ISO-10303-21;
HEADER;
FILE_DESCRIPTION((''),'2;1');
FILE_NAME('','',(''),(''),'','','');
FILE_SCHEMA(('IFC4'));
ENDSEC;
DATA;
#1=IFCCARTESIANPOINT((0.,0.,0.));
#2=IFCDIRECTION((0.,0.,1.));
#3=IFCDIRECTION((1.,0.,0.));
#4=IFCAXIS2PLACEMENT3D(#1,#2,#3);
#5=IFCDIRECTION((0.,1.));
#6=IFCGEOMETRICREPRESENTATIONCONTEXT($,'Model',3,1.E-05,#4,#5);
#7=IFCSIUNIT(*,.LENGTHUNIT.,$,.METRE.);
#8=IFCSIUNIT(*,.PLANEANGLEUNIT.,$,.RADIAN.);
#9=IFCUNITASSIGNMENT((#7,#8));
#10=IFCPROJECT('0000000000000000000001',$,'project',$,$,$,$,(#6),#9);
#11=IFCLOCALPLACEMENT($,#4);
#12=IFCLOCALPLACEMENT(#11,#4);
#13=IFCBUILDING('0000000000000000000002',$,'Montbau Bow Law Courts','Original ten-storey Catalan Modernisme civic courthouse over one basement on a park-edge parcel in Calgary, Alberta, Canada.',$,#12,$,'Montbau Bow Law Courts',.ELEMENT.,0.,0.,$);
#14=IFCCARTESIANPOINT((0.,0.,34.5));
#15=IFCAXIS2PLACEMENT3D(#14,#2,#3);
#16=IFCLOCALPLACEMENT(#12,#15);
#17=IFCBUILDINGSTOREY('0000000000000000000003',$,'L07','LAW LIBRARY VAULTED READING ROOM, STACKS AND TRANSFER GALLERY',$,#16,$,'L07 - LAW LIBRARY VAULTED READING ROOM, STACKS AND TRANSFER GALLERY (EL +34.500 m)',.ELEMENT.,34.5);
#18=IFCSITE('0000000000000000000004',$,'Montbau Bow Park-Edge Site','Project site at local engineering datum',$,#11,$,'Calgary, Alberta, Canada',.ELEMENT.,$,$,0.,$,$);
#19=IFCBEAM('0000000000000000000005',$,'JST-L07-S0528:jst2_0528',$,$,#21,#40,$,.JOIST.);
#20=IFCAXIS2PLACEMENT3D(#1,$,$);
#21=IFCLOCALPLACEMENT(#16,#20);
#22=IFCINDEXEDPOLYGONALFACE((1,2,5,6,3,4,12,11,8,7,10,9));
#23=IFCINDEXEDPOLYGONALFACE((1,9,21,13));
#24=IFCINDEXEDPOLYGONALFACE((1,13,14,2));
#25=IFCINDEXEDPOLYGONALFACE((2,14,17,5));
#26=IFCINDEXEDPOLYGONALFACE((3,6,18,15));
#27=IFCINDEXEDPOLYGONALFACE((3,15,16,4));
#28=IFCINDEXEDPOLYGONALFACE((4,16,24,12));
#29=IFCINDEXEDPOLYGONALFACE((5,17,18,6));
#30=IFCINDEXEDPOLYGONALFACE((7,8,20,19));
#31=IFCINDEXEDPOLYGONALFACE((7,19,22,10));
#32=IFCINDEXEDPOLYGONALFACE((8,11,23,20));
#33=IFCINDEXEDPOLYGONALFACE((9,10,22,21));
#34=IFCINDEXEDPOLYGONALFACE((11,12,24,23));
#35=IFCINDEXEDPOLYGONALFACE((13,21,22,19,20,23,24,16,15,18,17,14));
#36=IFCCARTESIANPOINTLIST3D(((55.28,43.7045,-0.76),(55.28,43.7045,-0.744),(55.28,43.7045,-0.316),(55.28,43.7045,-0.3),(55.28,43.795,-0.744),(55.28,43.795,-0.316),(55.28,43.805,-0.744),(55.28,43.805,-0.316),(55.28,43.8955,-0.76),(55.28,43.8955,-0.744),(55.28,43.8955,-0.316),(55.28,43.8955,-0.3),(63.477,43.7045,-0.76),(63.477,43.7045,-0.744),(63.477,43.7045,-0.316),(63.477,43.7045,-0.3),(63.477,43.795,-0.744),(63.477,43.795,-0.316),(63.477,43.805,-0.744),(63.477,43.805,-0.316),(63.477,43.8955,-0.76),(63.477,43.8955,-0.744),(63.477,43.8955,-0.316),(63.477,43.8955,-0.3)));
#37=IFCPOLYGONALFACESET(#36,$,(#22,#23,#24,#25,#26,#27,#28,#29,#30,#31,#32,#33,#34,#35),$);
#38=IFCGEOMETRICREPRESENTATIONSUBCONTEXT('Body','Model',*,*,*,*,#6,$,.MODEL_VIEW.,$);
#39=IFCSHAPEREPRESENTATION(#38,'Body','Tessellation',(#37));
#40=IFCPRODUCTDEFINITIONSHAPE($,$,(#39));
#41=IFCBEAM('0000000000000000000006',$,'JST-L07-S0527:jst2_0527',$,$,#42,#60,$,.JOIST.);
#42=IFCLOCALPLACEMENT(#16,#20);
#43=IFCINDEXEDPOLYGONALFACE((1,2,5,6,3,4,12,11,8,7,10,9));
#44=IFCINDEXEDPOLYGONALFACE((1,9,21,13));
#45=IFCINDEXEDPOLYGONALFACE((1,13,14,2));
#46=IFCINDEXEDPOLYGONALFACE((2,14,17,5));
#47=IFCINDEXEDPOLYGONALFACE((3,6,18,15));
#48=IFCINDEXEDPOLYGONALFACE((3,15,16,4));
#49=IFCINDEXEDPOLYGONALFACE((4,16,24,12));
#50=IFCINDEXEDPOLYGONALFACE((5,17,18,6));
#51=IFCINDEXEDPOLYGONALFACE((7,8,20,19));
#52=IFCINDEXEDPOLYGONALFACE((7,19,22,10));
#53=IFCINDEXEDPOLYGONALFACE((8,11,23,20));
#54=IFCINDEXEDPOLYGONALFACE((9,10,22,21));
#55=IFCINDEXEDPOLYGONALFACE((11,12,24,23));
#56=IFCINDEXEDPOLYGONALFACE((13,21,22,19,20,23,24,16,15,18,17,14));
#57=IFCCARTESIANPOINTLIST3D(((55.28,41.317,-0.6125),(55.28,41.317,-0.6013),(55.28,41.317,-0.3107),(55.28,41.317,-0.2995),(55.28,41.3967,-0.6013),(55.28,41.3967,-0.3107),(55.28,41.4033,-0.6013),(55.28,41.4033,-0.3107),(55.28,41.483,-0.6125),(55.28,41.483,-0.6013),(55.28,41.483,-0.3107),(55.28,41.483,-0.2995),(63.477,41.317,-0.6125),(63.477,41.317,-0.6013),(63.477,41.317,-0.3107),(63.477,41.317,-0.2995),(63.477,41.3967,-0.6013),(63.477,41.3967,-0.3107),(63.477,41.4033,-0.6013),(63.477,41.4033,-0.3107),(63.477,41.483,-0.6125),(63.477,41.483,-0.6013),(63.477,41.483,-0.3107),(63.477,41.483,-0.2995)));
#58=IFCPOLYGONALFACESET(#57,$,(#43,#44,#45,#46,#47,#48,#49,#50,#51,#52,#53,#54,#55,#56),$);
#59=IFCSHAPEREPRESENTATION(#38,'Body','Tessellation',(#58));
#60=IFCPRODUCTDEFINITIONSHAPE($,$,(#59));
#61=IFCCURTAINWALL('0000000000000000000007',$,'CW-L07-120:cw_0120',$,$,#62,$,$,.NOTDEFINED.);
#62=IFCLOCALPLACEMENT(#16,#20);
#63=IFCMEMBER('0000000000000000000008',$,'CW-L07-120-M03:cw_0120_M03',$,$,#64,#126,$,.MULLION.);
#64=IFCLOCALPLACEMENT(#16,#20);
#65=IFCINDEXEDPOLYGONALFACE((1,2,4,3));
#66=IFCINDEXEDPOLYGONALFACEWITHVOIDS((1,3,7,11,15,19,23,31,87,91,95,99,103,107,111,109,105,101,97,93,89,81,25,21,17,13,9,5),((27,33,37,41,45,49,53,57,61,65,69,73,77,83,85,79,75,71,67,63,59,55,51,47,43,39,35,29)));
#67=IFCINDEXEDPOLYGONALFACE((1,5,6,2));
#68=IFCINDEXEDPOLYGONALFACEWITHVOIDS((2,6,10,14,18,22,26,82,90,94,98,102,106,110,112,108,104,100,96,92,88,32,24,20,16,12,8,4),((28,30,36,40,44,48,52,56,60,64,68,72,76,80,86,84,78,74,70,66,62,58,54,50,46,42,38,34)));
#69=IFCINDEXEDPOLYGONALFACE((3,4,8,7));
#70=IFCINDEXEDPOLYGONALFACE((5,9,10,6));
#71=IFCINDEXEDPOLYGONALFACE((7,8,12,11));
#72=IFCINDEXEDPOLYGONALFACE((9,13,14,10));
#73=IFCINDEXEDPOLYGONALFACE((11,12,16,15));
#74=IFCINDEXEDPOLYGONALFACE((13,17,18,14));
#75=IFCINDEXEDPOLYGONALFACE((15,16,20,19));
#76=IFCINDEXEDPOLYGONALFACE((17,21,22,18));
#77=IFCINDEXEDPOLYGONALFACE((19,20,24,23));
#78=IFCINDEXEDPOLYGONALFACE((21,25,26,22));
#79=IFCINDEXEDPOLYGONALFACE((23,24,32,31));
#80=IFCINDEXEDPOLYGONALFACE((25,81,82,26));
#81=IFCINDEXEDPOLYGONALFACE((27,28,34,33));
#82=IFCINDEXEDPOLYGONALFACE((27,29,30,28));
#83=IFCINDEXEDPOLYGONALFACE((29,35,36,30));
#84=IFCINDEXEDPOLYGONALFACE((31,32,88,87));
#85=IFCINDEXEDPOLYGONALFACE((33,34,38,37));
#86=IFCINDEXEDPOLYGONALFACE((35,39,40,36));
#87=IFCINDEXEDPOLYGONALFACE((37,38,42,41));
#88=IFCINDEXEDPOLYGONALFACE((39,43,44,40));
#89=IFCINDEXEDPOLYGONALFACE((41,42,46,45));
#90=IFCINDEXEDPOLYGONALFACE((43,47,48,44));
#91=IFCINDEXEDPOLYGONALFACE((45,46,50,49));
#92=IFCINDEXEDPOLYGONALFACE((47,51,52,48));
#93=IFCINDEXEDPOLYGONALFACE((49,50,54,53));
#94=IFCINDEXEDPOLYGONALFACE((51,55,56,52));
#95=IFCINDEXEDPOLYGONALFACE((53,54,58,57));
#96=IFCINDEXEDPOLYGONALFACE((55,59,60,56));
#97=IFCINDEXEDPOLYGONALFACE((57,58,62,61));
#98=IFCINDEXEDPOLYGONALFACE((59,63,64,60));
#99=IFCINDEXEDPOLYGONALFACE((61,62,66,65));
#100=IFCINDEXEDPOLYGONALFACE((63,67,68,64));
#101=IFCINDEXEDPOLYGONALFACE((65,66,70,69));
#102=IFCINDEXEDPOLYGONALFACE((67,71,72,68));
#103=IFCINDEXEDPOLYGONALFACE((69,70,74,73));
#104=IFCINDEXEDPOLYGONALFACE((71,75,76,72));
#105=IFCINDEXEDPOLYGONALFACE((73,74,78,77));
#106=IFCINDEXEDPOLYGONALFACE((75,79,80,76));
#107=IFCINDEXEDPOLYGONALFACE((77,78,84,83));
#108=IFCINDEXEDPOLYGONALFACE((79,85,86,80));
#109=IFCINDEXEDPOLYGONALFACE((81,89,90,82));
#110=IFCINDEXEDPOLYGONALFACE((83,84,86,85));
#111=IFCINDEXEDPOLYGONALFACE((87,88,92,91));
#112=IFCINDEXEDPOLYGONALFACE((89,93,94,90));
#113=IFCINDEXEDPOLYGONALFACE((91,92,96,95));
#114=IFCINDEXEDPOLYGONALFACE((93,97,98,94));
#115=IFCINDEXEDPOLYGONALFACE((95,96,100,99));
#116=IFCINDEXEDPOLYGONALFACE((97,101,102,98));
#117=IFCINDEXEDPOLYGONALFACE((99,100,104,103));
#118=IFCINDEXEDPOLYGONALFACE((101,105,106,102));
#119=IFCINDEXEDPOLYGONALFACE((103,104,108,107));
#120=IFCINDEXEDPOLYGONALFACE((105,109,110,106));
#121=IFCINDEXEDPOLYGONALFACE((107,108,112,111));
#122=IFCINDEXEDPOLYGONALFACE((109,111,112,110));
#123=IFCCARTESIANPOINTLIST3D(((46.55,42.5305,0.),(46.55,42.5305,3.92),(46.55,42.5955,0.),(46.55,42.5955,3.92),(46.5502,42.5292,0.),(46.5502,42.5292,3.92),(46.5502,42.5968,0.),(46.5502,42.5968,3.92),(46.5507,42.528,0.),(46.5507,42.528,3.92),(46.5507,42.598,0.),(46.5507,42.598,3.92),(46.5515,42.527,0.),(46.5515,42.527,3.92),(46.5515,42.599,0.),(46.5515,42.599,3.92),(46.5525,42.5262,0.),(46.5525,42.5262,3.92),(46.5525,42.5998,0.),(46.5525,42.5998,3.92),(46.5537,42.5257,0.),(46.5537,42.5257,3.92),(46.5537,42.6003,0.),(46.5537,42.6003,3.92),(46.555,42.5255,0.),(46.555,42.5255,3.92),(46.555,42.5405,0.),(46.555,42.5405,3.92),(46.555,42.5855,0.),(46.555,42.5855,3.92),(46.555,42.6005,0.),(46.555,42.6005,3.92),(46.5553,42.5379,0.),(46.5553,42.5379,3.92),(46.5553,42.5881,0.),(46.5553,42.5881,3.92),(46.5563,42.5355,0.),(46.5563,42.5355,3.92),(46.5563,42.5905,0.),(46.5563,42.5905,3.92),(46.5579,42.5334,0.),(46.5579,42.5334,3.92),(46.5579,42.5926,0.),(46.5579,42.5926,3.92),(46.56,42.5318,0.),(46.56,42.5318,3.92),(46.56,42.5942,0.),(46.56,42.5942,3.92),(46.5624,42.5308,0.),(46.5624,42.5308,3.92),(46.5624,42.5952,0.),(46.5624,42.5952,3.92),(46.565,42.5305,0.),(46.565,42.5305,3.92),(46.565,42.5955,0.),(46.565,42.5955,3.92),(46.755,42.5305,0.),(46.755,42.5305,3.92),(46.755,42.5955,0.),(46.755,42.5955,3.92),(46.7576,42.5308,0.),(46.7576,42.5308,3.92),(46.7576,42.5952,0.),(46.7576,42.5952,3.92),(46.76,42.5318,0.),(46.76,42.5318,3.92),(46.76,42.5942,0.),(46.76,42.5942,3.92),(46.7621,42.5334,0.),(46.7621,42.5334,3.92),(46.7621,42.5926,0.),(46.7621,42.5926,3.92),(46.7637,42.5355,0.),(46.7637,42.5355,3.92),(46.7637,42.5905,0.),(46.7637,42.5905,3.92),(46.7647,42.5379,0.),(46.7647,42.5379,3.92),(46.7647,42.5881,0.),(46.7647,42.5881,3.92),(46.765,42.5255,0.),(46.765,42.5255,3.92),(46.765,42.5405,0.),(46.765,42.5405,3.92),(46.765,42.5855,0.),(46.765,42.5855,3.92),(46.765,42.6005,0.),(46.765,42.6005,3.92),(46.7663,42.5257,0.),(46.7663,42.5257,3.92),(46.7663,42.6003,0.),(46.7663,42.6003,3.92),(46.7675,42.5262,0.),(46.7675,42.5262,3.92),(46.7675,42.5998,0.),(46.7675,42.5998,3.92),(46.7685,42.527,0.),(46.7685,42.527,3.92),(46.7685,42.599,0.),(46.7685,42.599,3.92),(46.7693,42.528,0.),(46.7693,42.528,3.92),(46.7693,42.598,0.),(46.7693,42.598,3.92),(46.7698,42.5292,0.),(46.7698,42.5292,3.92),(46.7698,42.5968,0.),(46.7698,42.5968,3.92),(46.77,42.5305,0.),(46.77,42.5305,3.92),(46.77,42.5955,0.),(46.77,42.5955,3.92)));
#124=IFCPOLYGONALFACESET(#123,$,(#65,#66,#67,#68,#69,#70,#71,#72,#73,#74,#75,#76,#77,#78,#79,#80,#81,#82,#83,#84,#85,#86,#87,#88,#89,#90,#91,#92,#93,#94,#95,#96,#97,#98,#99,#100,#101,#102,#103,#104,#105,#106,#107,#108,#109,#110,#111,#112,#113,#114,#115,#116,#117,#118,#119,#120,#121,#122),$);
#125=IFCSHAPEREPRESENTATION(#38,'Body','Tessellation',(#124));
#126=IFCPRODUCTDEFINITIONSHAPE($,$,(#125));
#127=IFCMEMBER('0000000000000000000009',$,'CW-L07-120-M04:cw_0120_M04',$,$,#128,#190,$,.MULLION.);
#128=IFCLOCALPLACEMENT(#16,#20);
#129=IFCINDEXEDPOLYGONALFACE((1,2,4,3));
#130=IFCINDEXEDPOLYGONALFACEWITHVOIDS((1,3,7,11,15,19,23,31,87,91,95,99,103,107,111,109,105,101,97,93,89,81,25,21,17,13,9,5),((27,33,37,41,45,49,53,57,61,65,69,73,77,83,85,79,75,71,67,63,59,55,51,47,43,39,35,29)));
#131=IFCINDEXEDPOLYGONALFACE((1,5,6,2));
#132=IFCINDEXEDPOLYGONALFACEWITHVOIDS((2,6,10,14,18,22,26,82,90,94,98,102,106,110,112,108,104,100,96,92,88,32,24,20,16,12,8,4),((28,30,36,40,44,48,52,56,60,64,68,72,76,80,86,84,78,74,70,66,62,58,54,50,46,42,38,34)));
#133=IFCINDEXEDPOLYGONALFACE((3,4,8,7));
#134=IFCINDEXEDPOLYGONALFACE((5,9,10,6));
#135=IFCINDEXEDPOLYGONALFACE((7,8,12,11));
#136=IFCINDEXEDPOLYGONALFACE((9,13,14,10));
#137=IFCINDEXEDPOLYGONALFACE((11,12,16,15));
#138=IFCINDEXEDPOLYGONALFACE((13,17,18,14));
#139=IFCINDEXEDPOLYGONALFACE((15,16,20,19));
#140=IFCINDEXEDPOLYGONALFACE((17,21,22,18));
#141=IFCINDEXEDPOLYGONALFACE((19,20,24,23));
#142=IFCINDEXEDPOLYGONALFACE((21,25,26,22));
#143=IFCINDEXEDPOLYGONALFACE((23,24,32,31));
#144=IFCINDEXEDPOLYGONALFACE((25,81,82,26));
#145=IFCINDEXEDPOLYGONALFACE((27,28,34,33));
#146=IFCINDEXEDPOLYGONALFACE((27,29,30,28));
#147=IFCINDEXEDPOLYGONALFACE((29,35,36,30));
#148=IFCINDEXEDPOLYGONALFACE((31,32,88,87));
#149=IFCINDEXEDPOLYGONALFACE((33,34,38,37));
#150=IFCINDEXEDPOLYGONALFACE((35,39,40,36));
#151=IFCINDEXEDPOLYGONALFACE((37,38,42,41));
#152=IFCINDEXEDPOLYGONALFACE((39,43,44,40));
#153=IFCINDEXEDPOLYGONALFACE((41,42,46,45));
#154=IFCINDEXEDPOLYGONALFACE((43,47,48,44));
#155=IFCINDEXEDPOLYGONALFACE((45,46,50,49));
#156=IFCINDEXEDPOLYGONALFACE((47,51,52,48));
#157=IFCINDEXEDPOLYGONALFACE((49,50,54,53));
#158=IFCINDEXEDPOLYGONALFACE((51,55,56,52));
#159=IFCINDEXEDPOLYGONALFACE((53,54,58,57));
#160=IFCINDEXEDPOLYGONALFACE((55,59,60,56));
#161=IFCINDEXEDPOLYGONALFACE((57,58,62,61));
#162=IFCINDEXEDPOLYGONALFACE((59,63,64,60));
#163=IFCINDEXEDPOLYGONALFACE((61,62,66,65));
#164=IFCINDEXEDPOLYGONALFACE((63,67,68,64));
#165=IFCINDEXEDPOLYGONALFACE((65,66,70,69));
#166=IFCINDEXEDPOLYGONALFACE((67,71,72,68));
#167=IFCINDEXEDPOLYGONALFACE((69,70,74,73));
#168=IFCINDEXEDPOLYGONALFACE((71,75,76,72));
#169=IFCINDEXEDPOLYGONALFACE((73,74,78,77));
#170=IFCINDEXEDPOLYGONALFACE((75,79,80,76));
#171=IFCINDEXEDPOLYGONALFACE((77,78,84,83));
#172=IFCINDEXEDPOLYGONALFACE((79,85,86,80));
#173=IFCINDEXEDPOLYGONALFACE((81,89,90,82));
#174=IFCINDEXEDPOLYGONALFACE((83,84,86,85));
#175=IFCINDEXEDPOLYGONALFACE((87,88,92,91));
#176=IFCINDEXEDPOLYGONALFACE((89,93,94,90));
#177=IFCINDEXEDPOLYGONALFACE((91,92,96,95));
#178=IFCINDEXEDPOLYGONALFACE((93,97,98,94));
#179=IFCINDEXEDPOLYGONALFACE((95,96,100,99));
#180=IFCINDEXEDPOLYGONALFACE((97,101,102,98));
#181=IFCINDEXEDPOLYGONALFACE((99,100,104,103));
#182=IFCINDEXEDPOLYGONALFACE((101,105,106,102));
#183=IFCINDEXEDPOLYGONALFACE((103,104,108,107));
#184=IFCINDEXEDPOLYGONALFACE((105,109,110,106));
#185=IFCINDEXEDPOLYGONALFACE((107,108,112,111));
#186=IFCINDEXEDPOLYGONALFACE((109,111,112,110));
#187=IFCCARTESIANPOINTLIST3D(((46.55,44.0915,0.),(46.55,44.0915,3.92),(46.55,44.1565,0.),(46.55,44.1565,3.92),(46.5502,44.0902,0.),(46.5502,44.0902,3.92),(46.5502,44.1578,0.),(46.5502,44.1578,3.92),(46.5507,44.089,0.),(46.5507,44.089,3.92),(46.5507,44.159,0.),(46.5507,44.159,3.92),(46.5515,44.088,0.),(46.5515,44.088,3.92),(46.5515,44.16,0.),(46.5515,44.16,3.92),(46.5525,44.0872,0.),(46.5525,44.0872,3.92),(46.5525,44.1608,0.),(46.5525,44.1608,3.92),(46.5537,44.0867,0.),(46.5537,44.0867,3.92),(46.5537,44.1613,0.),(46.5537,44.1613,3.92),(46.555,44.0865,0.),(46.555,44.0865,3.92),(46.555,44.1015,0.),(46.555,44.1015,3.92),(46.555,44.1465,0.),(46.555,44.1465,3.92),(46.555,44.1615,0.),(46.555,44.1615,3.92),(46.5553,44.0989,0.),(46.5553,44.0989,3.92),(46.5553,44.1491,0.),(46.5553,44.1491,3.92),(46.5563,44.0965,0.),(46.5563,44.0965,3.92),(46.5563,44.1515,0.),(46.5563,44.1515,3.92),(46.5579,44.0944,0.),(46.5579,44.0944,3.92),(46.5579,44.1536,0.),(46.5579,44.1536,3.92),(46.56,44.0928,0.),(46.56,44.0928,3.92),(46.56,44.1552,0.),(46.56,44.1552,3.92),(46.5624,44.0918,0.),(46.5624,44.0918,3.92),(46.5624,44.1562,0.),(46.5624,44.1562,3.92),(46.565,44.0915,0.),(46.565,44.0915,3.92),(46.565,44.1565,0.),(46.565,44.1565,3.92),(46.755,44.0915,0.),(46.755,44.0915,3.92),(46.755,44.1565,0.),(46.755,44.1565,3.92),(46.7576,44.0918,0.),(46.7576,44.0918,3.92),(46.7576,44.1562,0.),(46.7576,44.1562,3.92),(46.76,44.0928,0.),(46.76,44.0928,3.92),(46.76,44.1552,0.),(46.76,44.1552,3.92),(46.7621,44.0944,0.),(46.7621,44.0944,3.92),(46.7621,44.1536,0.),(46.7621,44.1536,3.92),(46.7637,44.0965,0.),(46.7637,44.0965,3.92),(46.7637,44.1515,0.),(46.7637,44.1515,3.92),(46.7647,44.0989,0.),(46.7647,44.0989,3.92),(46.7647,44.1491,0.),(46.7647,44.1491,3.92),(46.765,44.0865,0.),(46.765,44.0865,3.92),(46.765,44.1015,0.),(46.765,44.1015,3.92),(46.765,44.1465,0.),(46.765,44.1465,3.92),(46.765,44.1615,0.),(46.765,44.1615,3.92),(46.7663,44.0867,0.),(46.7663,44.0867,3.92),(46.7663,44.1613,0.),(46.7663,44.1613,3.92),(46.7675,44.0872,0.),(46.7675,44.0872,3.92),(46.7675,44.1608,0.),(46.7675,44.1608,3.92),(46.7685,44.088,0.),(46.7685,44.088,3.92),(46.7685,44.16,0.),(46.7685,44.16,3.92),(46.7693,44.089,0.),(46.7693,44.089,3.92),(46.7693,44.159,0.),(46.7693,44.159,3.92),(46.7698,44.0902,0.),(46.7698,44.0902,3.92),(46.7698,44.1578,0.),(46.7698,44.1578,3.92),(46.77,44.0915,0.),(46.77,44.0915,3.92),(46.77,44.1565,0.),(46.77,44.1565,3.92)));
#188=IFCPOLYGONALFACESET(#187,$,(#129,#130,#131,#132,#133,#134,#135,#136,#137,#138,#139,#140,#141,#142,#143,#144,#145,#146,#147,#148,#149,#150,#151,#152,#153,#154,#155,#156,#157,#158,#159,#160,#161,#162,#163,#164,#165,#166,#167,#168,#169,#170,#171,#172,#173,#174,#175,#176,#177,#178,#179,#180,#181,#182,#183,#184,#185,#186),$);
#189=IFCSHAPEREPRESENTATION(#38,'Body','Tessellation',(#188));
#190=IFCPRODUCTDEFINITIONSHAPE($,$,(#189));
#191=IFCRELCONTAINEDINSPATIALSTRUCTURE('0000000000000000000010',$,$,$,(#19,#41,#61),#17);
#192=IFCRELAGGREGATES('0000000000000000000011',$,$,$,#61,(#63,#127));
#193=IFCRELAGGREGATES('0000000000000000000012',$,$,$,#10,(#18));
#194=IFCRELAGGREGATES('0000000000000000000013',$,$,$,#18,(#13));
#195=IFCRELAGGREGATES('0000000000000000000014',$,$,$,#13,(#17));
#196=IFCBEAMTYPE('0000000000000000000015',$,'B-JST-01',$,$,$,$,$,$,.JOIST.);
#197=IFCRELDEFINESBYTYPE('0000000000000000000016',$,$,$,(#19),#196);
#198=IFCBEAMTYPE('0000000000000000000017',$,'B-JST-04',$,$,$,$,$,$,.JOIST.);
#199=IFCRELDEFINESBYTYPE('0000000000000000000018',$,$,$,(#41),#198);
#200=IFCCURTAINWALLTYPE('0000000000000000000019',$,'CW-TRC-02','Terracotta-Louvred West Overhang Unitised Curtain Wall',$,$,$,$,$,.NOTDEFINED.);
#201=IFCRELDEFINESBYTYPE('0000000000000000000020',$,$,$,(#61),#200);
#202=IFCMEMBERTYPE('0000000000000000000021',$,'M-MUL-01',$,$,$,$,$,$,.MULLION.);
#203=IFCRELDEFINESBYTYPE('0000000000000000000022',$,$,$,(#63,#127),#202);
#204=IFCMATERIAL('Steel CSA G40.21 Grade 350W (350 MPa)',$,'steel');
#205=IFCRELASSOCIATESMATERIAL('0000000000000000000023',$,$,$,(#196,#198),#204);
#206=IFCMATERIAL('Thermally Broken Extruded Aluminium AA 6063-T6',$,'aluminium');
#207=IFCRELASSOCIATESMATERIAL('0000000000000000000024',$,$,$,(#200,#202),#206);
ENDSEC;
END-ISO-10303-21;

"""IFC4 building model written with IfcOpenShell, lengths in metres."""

from ifc_helpers import new_model, si_unit, direction, frame, origin_with_axes, origin_2d_with_axis, place, context, subcontext, project, spatial, hollow_rectangle, i_section, extrude, material, material_profile, profile_set, type_object, element, aggregate, save


model = new_model("IFC4")

# Units and contexts
model_context = context("Model", 3, precision=1e-05, world=origin_with_axes(), true_north=direction((0.0, 1.0)))
body_context = subcontext(model_context, "Body", "Model", "MODEL_VIEW")
ifc_project = project(units=[si_unit("LENGTHUNIT", "METRE"), si_unit("PLANEANGLEUNIT", "RADIAN")], contexts=[model_context])

# Site, building, storey
site_placement = place(None, origin_with_axes())
site = spatial("IfcSite", under=ifc_project, at=site_placement, Name="Montbau Bow Park-Edge Site", Description="Project site at local engineering datum", LongName="Calgary, Alberta, Canada", CompositionType="ELEMENT", RefElevation=0.0)
building_placement = place(site_placement, origin_with_axes())
building = spatial("IfcBuilding", under=site, at=building_placement, Name="Montbau Bow Law Courts", Description="Original ten-storey Catalan Modernisme civic courthouse over one basement on a park-edge parcel in Calgary, Alberta, Canada.", LongName="Montbau Bow Law Courts", CompositionType="ELEMENT", ElevationOfRefHeight=0.0, ElevationOfTerrain=0.0)
storey_placement = place(building_placement, frame((0.0, 0.0, 34.5), z_axis=(0.0, 0.0, 1.0), x_axis=(1.0, 0.0, 0.0)))
storey = spatial("IfcBuildingStorey", under=building, at=storey_placement, Name="L07", Description="LAW LIBRARY VAULTED READING ROOM, STACKS AND TRANSFER GALLERY", LongName="L07 - LAW LIBRARY VAULTED READING ROOM, STACKS AND TRANSFER GALLERY (EL +34.500 m)", CompositionType="ELEMENT", Elevation=34.5)

# Beams
ifc_material_1 = material(Name="Steel CSA G40.21 Grade 350W (350 MPa)", Category="steel")
ifc_material_profile_1 = material_profile(ifc_material_1, i_section(OverallWidth=0.191, OverallDepth=0.46, WebThickness=0.0099, FlangeThickness=0.016, at=origin_2d_with_axis()), Name="W460X82", Category="Main", Priority=0)
ifc_profile_set_1 = profile_set([ifc_material_profile_1], Name="Steel CSA G40.21 Grade 350W (350 MPa)")
beam_type_1 = type_object("IfcBeamType", Name="B-JST-01", PredefinedType="JOIST", material=ifc_profile_set_1)
beam_1_placement = place(None, frame((55.28, 43.8, 33.97), z_axis=(1.0, 0.0, 0.0), x_axis=(0.0, 1.0, 0.0)))
element("IfcBeam", 1, at=beam_1_placement, inside=storey, type_object=beam_type_1, Name="JST-L07-S0528:jst2_0528", PredefinedType="JOIST", context=body_context, shape_type="SweptSolid", body=[
    extrude(i_section(OverallWidth=0.191, OverallDepth=0.46, WebThickness=0.0099, FlangeThickness=0.016, at=origin_2d_with_axis()), origin_with_axes(), (0.0, 0.0, 1.0), 8.197),
])
ifc_material_profile_2 = material_profile(ifc_material_1, i_section(OverallWidth=0.166, OverallDepth=0.313, WebThickness=0.0066, FlangeThickness=0.0112, at=origin_2d_with_axis()), Name="W310X45", Category="Main", Priority=0)
ifc_profile_set_2 = profile_set([ifc_material_profile_2], Name="Steel CSA G40.21 Grade 350W (350 MPa)")
beam_type_2 = type_object("IfcBeamType", Name="B-JST-04", PredefinedType="JOIST", material=ifc_profile_set_2)
beam_2_placement = place(None, frame((55.28, 41.4, 34.044), z_axis=(1.0, 0.0, 0.0), x_axis=(0.0, 1.0, 0.0)))
element("IfcBeam", 2, at=beam_2_placement, inside=storey, type_object=beam_type_2, Name="JST-L07-S0527:jst2_0527", PredefinedType="JOIST", context=body_context, shape_type="SweptSolid", body=[
    extrude(i_section(OverallWidth=0.166, OverallDepth=0.313, WebThickness=0.0066, FlangeThickness=0.0112, at=origin_2d_with_axis()), origin_with_axes(), (0.0, 0.0, 1.0), 8.197),
])

# Curtain wall, members
ifc_material_2 = material(Name="Thermally Broken Extruded Aluminium AA 6063-T6", Category="aluminium")
curtain_wall_type = type_object("IfcCurtainWallType", Name="CW-TRC-02", Description="Terracotta-Louvred West Overhang Unitised Curtain Wall", PredefinedType="NOTDEFINED", material=ifc_material_2)
curtain_wall_placement = place(None, frame((46.66, 39.44, 34.5), z_axis=(0.0, 0.0, 1.0), x_axis=(1.0, 0.0, 0.0)))
curtain_wall = element("IfcCurtainWall", 3, at=curtain_wall_placement, inside=storey, type_object=curtain_wall_type, Name="CW-L07-120:cw_0120", PredefinedType="NOTDEFINED")
ifc_material_profile_3 = material_profile(ifc_material_2, hollow_rectangle(XDim=0.075, YDim=0.22, WallThickness=0.005, InnerFilletRadius=0.01, OuterFilletRadius=0.005, at=origin_2d_with_axis()), Name="CWM-220X75", Category="Main", Priority=0)
ifc_profile_set_3 = profile_set([ifc_material_profile_3], Name="Thermally Broken Extruded Aluminium AA 6063-T6")
member_type_1 = type_object("IfcMemberType", Name="M-MUL-01", PredefinedType="MULLION", material=ifc_profile_set_3)
member_1_placement = place(None, frame((46.66, 42.563, 34.5), z_axis=(0.0, 0.0, 1.0), x_axis=(0.0, 1.0, 0.0)))
member_1 = element("IfcMember", 4, at=member_1_placement, type_object=member_type_1, Name="CW-L07-120-M03:cw_0120_M03", PredefinedType="MULLION", context=body_context, shape_type="SweptSolid", body=[
    extrude(hollow_rectangle(XDim=0.075, YDim=0.22, WallThickness=0.005, InnerFilletRadius=0.01, OuterFilletRadius=0.005, at=origin_2d_with_axis()), origin_with_axes(), (0.0, 0.0, 1.0), 3.92),
])
member_2_placement = place(None, frame((46.66, 44.124, 34.5), z_axis=(0.0, 0.0, 1.0), x_axis=(0.0, 1.0, 0.0)))
member_2 = element("IfcMember", 5, at=member_2_placement, type_object=member_type_1, Name="CW-L07-120-M04:cw_0120_M04", PredefinedType="MULLION", context=body_context, shape_type="SweptSolid", body=[
    extrude(hollow_rectangle(XDim=0.075, YDim=0.22, WallThickness=0.005, InnerFilletRadius=0.01, OuterFilletRadius=0.005, at=origin_2d_with_axis()), origin_with_axes(), (0.0, 0.0, 1.0), 3.92),
])
aggregate(curtain_wall, [member_1, member_2])

save(model, "model.ifc")
